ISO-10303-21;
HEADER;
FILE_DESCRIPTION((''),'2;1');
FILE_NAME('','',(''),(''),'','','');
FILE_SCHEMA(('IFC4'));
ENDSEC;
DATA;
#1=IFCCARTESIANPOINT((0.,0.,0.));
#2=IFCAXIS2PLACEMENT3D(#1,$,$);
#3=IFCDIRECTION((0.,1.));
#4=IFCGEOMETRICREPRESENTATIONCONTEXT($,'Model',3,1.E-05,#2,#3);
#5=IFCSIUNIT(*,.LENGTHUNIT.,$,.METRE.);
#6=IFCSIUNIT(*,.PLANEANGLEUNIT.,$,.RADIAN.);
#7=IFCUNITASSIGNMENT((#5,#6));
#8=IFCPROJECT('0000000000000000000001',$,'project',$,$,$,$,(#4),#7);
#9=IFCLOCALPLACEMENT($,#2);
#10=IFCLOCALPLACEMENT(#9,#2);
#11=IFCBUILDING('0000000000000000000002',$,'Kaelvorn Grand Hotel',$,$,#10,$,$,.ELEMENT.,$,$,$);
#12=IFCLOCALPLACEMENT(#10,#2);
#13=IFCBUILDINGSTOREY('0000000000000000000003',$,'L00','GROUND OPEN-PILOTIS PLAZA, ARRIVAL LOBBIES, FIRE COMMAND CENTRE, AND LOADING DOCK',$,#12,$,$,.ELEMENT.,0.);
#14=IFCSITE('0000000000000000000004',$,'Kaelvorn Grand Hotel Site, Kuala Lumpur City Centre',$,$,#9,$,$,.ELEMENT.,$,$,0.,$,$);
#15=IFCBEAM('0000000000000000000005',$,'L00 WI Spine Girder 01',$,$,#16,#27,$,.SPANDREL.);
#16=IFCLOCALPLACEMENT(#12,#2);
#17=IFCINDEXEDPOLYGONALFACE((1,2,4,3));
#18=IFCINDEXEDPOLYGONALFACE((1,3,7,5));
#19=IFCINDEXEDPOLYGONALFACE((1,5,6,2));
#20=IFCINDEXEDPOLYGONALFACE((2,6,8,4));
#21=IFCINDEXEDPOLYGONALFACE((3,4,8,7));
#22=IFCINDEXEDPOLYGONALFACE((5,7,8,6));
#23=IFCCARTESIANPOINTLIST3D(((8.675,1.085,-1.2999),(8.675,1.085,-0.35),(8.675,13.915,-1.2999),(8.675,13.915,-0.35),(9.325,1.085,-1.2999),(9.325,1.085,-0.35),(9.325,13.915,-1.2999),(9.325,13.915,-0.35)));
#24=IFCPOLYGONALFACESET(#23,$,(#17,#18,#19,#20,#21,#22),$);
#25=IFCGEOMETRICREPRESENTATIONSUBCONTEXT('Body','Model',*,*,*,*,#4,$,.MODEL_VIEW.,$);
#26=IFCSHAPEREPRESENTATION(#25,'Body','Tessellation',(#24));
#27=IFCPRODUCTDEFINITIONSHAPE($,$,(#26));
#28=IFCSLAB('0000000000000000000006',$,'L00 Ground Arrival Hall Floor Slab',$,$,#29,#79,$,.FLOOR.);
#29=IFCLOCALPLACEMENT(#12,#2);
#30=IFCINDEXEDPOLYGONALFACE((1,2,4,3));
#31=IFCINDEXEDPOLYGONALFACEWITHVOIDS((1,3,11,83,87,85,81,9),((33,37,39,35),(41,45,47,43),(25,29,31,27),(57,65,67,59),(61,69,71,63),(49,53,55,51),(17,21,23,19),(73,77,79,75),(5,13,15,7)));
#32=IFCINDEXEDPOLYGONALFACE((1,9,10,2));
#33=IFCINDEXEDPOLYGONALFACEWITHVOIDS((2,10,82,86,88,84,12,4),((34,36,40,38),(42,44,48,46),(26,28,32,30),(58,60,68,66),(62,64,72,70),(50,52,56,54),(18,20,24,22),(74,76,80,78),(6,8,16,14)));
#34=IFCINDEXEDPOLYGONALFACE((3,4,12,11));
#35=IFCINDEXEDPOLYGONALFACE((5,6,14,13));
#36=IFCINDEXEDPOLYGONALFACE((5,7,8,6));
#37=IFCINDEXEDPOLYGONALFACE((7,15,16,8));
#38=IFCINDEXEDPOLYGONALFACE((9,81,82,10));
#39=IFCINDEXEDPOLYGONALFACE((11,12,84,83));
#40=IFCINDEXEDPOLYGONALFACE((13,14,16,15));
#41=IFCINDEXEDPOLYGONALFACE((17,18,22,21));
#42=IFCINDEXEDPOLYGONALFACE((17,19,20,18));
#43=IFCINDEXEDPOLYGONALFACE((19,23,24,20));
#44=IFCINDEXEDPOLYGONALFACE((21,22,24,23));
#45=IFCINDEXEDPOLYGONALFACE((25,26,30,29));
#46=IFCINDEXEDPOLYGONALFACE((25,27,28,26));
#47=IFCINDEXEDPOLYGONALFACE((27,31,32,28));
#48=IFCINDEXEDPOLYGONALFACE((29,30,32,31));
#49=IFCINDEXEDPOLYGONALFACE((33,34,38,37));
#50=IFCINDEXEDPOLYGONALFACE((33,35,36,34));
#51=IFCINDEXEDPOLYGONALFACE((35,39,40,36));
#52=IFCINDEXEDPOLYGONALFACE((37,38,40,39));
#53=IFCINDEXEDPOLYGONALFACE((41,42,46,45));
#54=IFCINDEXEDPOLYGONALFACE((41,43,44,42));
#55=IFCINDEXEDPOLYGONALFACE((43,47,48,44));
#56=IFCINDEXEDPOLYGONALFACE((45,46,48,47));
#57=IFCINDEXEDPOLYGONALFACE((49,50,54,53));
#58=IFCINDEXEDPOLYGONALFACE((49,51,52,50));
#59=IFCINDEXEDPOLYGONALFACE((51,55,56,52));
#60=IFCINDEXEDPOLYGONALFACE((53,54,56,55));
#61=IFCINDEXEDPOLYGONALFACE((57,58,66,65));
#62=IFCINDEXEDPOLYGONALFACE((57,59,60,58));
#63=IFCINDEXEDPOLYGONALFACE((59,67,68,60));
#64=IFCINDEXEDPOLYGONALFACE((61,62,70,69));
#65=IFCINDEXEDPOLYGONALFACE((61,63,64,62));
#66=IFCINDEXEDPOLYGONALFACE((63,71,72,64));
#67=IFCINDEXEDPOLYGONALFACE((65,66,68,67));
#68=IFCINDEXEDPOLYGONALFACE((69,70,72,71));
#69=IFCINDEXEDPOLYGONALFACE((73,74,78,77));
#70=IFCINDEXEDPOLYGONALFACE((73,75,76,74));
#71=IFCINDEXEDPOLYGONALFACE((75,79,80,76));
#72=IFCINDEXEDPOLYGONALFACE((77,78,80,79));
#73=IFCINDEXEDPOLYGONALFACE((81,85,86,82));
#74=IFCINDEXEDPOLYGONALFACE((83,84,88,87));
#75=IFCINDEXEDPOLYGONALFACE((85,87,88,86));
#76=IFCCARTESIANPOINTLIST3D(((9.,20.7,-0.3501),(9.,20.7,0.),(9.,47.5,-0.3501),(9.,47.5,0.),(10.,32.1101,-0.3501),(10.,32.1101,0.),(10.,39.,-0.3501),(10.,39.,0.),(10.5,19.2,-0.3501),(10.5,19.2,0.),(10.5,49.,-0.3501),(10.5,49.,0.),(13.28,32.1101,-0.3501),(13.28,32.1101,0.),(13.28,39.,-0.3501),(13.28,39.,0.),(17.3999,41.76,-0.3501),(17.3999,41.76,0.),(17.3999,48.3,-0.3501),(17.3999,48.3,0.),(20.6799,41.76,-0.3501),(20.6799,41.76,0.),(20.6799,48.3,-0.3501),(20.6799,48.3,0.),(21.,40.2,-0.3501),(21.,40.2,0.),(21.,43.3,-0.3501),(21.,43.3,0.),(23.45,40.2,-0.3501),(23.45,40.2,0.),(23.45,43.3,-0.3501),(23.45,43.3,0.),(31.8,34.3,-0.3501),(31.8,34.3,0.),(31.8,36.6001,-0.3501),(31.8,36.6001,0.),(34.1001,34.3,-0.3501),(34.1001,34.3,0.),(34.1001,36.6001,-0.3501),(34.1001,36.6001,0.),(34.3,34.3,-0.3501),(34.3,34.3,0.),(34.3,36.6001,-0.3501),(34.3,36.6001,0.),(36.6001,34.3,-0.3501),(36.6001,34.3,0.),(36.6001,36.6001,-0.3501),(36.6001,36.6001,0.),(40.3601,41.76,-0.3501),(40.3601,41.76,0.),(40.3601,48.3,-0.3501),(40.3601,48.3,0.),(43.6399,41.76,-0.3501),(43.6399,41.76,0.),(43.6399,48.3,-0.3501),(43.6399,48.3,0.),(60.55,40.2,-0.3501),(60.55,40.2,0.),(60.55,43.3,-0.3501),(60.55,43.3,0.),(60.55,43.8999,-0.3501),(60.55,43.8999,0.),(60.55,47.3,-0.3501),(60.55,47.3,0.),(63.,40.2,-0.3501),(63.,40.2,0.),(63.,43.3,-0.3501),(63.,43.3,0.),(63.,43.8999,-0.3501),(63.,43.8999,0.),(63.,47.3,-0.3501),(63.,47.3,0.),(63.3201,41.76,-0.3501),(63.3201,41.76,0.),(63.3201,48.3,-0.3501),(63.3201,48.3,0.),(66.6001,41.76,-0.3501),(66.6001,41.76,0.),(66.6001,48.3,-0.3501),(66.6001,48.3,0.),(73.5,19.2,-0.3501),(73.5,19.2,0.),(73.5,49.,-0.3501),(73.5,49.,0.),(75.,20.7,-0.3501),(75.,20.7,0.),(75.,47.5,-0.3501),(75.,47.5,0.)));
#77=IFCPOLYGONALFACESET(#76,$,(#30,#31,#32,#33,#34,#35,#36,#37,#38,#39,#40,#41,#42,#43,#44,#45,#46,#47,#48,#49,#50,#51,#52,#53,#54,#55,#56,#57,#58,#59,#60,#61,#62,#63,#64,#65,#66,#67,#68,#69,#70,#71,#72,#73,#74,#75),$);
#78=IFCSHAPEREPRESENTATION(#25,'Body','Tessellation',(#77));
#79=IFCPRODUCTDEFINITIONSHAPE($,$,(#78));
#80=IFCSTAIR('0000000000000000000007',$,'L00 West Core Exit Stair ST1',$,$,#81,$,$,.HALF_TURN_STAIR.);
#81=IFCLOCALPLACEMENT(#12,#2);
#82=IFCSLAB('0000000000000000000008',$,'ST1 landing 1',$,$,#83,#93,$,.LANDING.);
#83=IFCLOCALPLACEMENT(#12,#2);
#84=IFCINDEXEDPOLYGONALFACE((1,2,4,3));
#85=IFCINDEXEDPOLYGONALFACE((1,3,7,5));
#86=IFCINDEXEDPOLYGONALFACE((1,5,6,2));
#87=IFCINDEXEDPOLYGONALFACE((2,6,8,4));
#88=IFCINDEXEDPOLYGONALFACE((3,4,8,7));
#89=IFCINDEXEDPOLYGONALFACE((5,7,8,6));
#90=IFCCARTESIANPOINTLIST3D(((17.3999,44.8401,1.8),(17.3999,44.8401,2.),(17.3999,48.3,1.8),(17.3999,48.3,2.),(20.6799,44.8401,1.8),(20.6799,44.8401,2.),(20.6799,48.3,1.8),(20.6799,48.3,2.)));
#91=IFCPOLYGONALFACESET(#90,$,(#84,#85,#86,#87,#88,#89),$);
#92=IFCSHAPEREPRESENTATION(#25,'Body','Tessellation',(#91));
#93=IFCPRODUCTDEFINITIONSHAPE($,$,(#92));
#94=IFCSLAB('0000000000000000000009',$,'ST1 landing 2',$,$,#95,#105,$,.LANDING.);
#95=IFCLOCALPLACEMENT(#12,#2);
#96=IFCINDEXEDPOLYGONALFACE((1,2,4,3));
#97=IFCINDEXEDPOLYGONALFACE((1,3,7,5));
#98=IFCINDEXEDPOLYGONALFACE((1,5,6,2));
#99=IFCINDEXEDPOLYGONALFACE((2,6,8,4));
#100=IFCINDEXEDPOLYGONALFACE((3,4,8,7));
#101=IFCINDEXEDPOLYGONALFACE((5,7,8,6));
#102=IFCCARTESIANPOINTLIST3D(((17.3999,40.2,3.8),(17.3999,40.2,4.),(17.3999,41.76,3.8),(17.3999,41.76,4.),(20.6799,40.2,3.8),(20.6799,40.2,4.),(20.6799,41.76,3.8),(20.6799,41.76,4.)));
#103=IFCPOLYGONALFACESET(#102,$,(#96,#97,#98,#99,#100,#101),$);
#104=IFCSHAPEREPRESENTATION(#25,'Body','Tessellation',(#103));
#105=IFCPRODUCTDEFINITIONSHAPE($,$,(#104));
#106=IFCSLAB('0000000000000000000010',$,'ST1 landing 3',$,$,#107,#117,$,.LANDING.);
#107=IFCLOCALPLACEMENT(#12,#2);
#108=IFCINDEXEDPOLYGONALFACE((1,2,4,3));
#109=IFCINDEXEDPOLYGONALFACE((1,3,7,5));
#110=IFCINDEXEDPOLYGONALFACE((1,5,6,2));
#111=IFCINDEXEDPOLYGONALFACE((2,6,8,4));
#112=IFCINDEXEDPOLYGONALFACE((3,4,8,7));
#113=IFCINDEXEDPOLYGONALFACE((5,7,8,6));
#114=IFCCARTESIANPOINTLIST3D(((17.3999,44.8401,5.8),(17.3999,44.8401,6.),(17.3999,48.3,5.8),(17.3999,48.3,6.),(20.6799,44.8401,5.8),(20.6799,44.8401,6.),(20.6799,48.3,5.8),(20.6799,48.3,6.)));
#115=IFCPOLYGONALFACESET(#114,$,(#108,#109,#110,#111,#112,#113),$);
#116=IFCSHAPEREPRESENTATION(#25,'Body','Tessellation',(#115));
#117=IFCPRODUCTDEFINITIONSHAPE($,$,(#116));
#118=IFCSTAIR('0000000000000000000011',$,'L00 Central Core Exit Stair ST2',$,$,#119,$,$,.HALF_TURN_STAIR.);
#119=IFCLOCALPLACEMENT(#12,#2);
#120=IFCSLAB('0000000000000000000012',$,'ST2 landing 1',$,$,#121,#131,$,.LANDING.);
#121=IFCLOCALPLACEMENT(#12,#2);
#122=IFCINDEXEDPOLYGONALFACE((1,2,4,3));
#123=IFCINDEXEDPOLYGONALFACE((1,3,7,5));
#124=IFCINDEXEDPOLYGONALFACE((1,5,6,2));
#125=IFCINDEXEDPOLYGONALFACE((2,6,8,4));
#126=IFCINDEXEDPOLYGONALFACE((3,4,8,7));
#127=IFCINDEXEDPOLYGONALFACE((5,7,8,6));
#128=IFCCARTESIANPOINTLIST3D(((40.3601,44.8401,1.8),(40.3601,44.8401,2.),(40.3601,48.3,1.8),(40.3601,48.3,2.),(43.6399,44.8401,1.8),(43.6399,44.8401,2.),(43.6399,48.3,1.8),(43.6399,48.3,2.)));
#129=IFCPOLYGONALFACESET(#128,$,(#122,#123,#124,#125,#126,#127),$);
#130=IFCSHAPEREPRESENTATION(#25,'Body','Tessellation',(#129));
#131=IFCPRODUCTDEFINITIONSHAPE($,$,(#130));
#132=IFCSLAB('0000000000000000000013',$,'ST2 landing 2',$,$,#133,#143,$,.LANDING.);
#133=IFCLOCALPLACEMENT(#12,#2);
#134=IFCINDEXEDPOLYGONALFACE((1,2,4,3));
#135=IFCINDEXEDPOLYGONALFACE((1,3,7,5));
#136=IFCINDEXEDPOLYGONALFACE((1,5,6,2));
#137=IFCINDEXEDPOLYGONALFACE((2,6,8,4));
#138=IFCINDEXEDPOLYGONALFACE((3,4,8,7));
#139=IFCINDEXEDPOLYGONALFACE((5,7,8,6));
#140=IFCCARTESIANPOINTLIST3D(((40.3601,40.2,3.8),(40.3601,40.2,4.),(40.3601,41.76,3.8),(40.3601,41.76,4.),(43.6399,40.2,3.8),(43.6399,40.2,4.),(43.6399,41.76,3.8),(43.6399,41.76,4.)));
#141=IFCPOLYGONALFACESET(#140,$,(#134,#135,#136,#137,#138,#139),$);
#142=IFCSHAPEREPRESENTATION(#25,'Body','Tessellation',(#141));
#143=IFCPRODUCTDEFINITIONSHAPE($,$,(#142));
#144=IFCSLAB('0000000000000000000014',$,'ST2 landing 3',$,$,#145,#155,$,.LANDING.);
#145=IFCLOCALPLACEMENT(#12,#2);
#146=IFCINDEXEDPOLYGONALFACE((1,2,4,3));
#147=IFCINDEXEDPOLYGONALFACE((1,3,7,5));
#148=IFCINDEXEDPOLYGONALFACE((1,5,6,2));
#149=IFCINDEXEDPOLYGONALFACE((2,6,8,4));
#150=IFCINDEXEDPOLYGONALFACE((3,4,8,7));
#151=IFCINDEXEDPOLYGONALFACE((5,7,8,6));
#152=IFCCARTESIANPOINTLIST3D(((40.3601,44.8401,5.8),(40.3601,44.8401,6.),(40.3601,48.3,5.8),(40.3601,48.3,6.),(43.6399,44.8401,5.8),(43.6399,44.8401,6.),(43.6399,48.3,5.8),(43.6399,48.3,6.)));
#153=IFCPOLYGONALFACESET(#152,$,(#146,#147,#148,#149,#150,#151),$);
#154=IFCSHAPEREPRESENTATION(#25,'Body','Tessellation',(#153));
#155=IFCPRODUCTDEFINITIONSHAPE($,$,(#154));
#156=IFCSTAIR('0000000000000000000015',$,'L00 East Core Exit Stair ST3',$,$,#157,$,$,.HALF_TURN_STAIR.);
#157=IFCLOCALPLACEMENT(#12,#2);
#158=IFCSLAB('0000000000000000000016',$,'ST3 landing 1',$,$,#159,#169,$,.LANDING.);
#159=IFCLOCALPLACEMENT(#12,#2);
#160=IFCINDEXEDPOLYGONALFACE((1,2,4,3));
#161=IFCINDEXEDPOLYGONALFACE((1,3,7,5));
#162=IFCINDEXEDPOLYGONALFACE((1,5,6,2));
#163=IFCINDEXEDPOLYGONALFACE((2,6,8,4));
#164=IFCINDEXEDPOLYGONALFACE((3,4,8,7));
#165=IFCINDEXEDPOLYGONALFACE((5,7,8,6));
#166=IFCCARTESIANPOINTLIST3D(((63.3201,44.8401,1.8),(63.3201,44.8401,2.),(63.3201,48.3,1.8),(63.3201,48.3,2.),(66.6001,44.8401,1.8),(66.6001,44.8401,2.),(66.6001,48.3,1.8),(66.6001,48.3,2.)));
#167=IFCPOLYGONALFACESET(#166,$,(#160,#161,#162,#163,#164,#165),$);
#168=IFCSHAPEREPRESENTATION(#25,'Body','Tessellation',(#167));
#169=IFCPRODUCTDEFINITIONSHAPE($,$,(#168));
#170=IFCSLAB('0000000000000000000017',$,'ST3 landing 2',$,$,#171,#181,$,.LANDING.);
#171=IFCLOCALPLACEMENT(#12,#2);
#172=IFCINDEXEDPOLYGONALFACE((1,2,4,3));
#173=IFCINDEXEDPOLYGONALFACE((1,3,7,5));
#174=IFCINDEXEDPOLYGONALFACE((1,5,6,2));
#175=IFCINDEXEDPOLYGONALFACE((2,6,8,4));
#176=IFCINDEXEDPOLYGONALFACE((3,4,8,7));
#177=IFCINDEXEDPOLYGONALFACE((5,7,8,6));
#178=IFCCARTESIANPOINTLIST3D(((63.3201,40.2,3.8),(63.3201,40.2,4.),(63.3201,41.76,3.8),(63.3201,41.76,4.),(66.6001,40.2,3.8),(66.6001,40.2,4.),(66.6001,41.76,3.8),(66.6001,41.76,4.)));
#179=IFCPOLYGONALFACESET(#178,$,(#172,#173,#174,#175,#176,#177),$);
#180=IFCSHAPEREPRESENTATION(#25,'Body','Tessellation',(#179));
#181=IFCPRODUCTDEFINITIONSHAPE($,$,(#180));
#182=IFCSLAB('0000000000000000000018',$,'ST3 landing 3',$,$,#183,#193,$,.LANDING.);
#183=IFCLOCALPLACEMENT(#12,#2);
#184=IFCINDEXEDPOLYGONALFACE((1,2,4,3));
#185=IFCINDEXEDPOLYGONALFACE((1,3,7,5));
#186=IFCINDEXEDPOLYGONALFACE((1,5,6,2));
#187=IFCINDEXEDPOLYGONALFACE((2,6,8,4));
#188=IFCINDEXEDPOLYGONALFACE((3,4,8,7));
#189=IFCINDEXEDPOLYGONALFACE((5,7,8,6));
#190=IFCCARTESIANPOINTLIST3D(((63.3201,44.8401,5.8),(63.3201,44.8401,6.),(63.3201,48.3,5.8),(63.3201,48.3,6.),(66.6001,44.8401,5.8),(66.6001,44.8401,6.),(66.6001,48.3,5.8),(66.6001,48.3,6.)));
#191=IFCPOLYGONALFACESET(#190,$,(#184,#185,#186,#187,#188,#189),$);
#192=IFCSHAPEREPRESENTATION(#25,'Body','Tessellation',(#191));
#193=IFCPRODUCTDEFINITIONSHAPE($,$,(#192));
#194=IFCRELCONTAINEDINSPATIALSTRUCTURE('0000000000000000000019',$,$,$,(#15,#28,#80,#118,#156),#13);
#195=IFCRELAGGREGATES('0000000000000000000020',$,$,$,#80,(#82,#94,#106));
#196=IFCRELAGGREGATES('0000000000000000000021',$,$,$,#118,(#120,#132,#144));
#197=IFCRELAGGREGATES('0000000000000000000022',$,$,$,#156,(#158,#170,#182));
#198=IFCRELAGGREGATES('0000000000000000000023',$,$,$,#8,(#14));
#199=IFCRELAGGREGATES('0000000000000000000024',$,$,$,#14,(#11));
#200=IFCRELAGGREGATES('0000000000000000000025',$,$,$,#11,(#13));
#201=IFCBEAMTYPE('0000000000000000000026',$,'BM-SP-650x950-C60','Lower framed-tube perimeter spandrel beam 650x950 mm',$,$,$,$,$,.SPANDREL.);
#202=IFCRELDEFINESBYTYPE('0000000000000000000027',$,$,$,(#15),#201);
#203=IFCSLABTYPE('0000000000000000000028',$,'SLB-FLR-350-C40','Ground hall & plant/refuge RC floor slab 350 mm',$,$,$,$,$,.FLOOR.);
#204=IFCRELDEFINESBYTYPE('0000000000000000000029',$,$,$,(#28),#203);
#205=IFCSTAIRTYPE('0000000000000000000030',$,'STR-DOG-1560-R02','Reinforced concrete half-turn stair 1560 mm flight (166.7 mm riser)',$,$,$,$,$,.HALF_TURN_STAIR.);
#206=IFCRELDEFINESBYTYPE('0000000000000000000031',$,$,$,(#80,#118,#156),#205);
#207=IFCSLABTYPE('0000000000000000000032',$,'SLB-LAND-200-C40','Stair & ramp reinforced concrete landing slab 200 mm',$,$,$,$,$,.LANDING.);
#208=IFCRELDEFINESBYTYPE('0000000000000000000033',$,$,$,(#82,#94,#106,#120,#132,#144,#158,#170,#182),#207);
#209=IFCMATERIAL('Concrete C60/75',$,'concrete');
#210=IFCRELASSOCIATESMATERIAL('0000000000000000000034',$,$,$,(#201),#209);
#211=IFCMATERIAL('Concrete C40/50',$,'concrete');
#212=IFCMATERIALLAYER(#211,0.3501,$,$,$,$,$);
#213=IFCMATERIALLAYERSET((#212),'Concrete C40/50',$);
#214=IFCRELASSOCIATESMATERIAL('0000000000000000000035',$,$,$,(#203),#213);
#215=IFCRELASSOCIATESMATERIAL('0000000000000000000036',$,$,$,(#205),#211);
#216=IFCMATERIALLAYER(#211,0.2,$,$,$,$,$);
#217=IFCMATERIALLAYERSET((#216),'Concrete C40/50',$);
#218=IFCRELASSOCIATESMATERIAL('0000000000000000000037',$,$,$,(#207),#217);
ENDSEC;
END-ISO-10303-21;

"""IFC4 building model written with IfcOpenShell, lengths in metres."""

from ifc_helpers import new_model, si_unit, direction, frame, origin, origin_2d, place, context, subcontext, project, spatial, polyline, rectangle, outline, extrude, material, layer, layer_set, material_profile, profile_set, type_object, element, aggregate, save


model = new_model("IFC4")

# Units and contexts
model_context = context("Model", 3, precision=1e-05, world=origin(), true_north=direction((0.0, 1.0)))
body_context = subcontext(model_context, "Body", "Model", "MODEL_VIEW")
ifc_project = project(units=[si_unit("LENGTHUNIT", "METRE"), si_unit("PLANEANGLEUNIT", "RADIAN")], contexts=[model_context])

# Site, building, storey
site_placement = place(None, origin())
site = spatial("IfcSite", under=ifc_project, at=site_placement, Name="Kaelvorn Grand Hotel Site, Kuala Lumpur City Centre", CompositionType="ELEMENT", RefElevation=0.0)
building_placement = place(site_placement, origin())
building = spatial("IfcBuilding", under=site, at=building_placement, Name="Kaelvorn Grand Hotel", CompositionType="ELEMENT")
storey_placement = place(building_placement, origin())
storey = spatial("IfcBuildingStorey", under=building, at=storey_placement, Name="L00", Description="GROUND OPEN-PILOTIS PLAZA, ARRIVAL LOBBIES, FIRE COMMAND CENTRE, AND LOADING DOCK", CompositionType="ELEMENT", Elevation=0.0)

# Beam
ifc_material_1 = material(Name="Concrete C60/75", Category="concrete")
ifc_material_profile_1 = material_profile(ifc_material_1, rectangle(XDim=0.6499, YDim=0.95, at=origin_2d()), Name="RC SPANDREL 650x950")
ifc_profile_set_1 = profile_set([ifc_material_profile_1], Name="Concrete C60/75")
beam_type = type_object("IfcBeamType", Name="BM-SP-650x950-C60", Description="Lower framed-tube perimeter spandrel beam 650x950 mm", PredefinedType="SPANDREL", material=ifc_profile_set_1)
beam_1_placement = place(storey_placement, frame((9.0, 1.085, -0.825), z_axis=(0.0, 1.0, 0.0), x_axis=(-1.0, 0.0, 0.0)))
element("IfcBeam", 1, at=beam_1_placement, inside=storey, type_object=beam_type, Name="L00 WI Spine Girder 01", PredefinedType="SPANDREL", context=body_context, shape_type="SweptSolid", body=[
    extrude(rectangle(XDim=0.6499, YDim=0.95, at=origin_2d()), origin(), (0.0, 0.0, 1.0), 12.8301),
])

# Slab
ifc_material_2 = material(Name="Concrete C40/50", Category="concrete")
ifc_layer_1 = layer(ifc_material_2, 0.3501)
ifc_layer_set_1 = layer_set([ifc_layer_1], Name="Concrete C40/50")
slab_type_1 = type_object("IfcSlabType", Name="SLB-FLR-350-C40", Description="Ground hall & plant/refuge RC floor slab 350 mm", PredefinedType="FLOOR", material=ifc_layer_set_1)
slab_1_placement = place(storey_placement, frame((0.0, 0.0, -0.3501)))
element("IfcSlab", 2, at=slab_1_placement, inside=storey, type_object=slab_type_1, Name="L00 Ground Arrival Hall Floor Slab", PredefinedType="FLOOR", context=body_context, shape_type="SweptSolid", body=[
    extrude(outline(polyline([(10.5, 19.2), (73.5, 19.2), (75.0, 20.7), (75.0, 47.5), (73.5, 49.0), (10.5, 49.0), (9.0, 47.5), (9.0, 20.7), (10.5, 19.2)]), holes=[polyline([(17.3999, 41.76), (17.3999, 48.3), (20.6799, 48.3), (20.6799, 41.76), (17.3999, 41.76)]), polyline([(40.3601, 41.76), (40.3601, 48.3), (43.6399, 48.3), (43.6399, 41.76), (40.3601, 41.76)]), polyline([(63.3201, 41.76), (63.3201, 48.3), (66.6001, 48.3), (66.6001, 41.76), (63.3201, 41.76)]), polyline([(10.0, 32.1101), (10.0, 39.0), (13.28, 39.0), (13.28, 32.1101), (10.0, 32.1101)]), polyline([(31.8, 34.3), (31.8, 36.6001), (34.1001, 36.6001), (34.1001, 34.3), (31.8, 34.3)]), polyline([(34.3, 34.3), (34.3, 36.6001), (36.6001, 36.6001), (36.6001, 34.3), (34.3, 34.3)]), polyline([(21.0, 40.2), (21.0, 43.3), (23.45, 43.3), (23.45, 40.2), (21.0, 40.2)]), polyline([(60.55, 40.2), (60.55, 43.3), (63.0, 43.3), (63.0, 40.2), (60.55, 40.2)]), polyline([(60.55, 43.8999), (60.55, 47.3), (63.0, 47.3), (63.0, 43.8999), (60.55, 43.8999)])]), origin(), (0.0, 0.0, 1.0), 0.3501),
])

# Stairs, slabs
stair_type = type_object("IfcStairType", Name="STR-DOG-1560-R02", Description="Reinforced concrete half-turn stair 1560 mm flight (166.7 mm riser)", PredefinedType="HALF_TURN_STAIR", material=ifc_material_2)
stair_1_placement = place(storey_placement, origin())
stair_1 = element("IfcStair", 3, at=stair_1_placement, inside=storey, type_object=stair_type, Name="L00 West Core Exit Stair ST1", PredefinedType="HALF_TURN_STAIR")
ifc_layer_2 = layer(ifc_material_2, 0.2)
ifc_layer_set_2 = layer_set([ifc_layer_2], Name="Concrete C40/50")
slab_type_2 = type_object("IfcSlabType", Name="SLB-LAND-200-C40", Description="Stair & ramp reinforced concrete landing slab 200 mm", PredefinedType="LANDING", material=ifc_layer_set_2)
slab_2_placement = place(storey_placement, frame((0.0, 0.0, 1.8)))
slab_2 = element("IfcSlab", 4, at=slab_2_placement, type_object=slab_type_2, Name="ST1 landing 1", PredefinedType="LANDING", context=body_context, shape_type="SweptSolid", body=[
    extrude(outline(polyline([(20.6799, 44.8401), (20.6799, 48.3), (17.3999, 48.3), (17.3999, 44.8401), (20.6799, 44.8401)])), origin(), (0.0, 0.0, 1.0), 0.2),
])
slab_3_placement = place(storey_placement, frame((0.0, 0.0, 3.8)))
slab_3 = element("IfcSlab", 5, at=slab_3_placement, type_object=slab_type_2, Name="ST1 landing 2", PredefinedType="LANDING", context=body_context, shape_type="SweptSolid", body=[
    extrude(outline(polyline([(20.6799, 40.2), (20.6799, 41.76), (17.3999, 41.76), (17.3999, 40.2), (20.6799, 40.2)])), origin(), (0.0, 0.0, 1.0), 0.2),
])
slab_4_placement = place(storey_placement, frame((0.0, 0.0, 5.8)))
slab_4 = element("IfcSlab", 6, at=slab_4_placement, type_object=slab_type_2, Name="ST1 landing 3", PredefinedType="LANDING", context=body_context, shape_type="SweptSolid", body=[
    extrude(outline(polyline([(20.6799, 44.8401), (20.6799, 48.3), (17.3999, 48.3), (17.3999, 44.8401), (20.6799, 44.8401)])), origin(), (0.0, 0.0, 1.0), 0.2),
])
aggregate(stair_1, [slab_2, slab_3, slab_4])
stair_2_placement = place(storey_placement, origin())
stair_2 = element("IfcStair", 7, at=stair_2_placement, inside=storey, type_object=stair_type, Name="L00 Central Core Exit Stair ST2", PredefinedType="HALF_TURN_STAIR")
slab_5_placement = place(storey_placement, frame((0.0, 0.0, 1.8)))
slab_5 = element("IfcSlab", 8, at=slab_5_placement, type_object=slab_type_2, Name="ST2 landing 1", PredefinedType="LANDING", context=body_context, shape_type="SweptSolid", body=[
    extrude(outline(polyline([(43.6399, 44.8401), (43.6399, 48.3), (40.3601, 48.3), (40.3601, 44.8401), (43.6399, 44.8401)])), origin(), (0.0, 0.0, 1.0), 0.2),
])
slab_6_placement = place(storey_placement, frame((0.0, 0.0, 3.8)))
slab_6 = element("IfcSlab", 9, at=slab_6_placement, type_object=slab_type_2, Name="ST2 landing 2", PredefinedType="LANDING", context=body_context, shape_type="SweptSolid", body=[
    extrude(outline(polyline([(43.6399, 40.2), (43.6399, 41.76), (40.3601, 41.76), (40.3601, 40.2), (43.6399, 40.2)])), origin(), (0.0, 0.0, 1.0), 0.2),
])
slab_7_placement = place(storey_placement, frame((0.0, 0.0, 5.8)))
slab_7 = element("IfcSlab", 10, at=slab_7_placement, type_object=slab_type_2, Name="ST2 landing 3", PredefinedType="LANDING", context=body_context, shape_type="SweptSolid", body=[
    extrude(outline(polyline([(43.6399, 44.8401), (43.6399, 48.3), (40.3601, 48.3), (40.3601, 44.8401), (43.6399, 44.8401)])), origin(), (0.0, 0.0, 1.0), 0.2),
])
aggregate(stair_2, [slab_5, slab_6, slab_7])
stair_3_placement = place(storey_placement, origin())
stair_3 = element("IfcStair", 11, at=stair_3_placement, inside=storey, type_object=stair_type, Name="L00 East Core Exit Stair ST3", PredefinedType="HALF_TURN_STAIR")
slab_8_placement = place(storey_placement, frame((0.0, 0.0, 1.8)))
slab_8 = element("IfcSlab", 12, at=slab_8_placement, type_object=slab_type_2, Name="ST3 landing 1", PredefinedType="LANDING", context=body_context, shape_type="SweptSolid", body=[
    extrude(outline(polyline([(66.6001, 44.8401), (66.6001, 48.3), (63.3201, 48.3), (63.3201, 44.8401), (66.6001, 44.8401)])), origin(), (0.0, 0.0, 1.0), 0.2),
])
slab_9_placement = place(storey_placement, frame((0.0, 0.0, 3.8)))
slab_9 = element("IfcSlab", 13, at=slab_9_placement, type_object=slab_type_2, Name="ST3 landing 2", PredefinedType="LANDING", context=body_context, shape_type="SweptSolid", body=[
    extrude(outline(polyline([(66.6001, 40.2), (66.6001, 41.76), (63.3201, 41.76), (63.3201, 40.2), (66.6001, 40.2)])), origin(), (0.0, 0.0, 1.0), 0.2),
])
slab_10_placement = place(storey_placement, frame((0.0, 0.0, 5.8)))
slab_10 = element("IfcSlab", 14, at=slab_10_placement, type_object=slab_type_2, Name="ST3 landing 3", PredefinedType="LANDING", context=body_context, shape_type="SweptSolid", body=[
    extrude(outline(polyline([(66.6001, 44.8401), (66.6001, 48.3), (63.3201, 48.3), (63.3201, 44.8401), (66.6001, 44.8401)])), origin(), (0.0, 0.0, 1.0), 0.2),
])
aggregate(stair_3, [slab_8, slab_9, slab_10])

save(model, "model.ifc")
